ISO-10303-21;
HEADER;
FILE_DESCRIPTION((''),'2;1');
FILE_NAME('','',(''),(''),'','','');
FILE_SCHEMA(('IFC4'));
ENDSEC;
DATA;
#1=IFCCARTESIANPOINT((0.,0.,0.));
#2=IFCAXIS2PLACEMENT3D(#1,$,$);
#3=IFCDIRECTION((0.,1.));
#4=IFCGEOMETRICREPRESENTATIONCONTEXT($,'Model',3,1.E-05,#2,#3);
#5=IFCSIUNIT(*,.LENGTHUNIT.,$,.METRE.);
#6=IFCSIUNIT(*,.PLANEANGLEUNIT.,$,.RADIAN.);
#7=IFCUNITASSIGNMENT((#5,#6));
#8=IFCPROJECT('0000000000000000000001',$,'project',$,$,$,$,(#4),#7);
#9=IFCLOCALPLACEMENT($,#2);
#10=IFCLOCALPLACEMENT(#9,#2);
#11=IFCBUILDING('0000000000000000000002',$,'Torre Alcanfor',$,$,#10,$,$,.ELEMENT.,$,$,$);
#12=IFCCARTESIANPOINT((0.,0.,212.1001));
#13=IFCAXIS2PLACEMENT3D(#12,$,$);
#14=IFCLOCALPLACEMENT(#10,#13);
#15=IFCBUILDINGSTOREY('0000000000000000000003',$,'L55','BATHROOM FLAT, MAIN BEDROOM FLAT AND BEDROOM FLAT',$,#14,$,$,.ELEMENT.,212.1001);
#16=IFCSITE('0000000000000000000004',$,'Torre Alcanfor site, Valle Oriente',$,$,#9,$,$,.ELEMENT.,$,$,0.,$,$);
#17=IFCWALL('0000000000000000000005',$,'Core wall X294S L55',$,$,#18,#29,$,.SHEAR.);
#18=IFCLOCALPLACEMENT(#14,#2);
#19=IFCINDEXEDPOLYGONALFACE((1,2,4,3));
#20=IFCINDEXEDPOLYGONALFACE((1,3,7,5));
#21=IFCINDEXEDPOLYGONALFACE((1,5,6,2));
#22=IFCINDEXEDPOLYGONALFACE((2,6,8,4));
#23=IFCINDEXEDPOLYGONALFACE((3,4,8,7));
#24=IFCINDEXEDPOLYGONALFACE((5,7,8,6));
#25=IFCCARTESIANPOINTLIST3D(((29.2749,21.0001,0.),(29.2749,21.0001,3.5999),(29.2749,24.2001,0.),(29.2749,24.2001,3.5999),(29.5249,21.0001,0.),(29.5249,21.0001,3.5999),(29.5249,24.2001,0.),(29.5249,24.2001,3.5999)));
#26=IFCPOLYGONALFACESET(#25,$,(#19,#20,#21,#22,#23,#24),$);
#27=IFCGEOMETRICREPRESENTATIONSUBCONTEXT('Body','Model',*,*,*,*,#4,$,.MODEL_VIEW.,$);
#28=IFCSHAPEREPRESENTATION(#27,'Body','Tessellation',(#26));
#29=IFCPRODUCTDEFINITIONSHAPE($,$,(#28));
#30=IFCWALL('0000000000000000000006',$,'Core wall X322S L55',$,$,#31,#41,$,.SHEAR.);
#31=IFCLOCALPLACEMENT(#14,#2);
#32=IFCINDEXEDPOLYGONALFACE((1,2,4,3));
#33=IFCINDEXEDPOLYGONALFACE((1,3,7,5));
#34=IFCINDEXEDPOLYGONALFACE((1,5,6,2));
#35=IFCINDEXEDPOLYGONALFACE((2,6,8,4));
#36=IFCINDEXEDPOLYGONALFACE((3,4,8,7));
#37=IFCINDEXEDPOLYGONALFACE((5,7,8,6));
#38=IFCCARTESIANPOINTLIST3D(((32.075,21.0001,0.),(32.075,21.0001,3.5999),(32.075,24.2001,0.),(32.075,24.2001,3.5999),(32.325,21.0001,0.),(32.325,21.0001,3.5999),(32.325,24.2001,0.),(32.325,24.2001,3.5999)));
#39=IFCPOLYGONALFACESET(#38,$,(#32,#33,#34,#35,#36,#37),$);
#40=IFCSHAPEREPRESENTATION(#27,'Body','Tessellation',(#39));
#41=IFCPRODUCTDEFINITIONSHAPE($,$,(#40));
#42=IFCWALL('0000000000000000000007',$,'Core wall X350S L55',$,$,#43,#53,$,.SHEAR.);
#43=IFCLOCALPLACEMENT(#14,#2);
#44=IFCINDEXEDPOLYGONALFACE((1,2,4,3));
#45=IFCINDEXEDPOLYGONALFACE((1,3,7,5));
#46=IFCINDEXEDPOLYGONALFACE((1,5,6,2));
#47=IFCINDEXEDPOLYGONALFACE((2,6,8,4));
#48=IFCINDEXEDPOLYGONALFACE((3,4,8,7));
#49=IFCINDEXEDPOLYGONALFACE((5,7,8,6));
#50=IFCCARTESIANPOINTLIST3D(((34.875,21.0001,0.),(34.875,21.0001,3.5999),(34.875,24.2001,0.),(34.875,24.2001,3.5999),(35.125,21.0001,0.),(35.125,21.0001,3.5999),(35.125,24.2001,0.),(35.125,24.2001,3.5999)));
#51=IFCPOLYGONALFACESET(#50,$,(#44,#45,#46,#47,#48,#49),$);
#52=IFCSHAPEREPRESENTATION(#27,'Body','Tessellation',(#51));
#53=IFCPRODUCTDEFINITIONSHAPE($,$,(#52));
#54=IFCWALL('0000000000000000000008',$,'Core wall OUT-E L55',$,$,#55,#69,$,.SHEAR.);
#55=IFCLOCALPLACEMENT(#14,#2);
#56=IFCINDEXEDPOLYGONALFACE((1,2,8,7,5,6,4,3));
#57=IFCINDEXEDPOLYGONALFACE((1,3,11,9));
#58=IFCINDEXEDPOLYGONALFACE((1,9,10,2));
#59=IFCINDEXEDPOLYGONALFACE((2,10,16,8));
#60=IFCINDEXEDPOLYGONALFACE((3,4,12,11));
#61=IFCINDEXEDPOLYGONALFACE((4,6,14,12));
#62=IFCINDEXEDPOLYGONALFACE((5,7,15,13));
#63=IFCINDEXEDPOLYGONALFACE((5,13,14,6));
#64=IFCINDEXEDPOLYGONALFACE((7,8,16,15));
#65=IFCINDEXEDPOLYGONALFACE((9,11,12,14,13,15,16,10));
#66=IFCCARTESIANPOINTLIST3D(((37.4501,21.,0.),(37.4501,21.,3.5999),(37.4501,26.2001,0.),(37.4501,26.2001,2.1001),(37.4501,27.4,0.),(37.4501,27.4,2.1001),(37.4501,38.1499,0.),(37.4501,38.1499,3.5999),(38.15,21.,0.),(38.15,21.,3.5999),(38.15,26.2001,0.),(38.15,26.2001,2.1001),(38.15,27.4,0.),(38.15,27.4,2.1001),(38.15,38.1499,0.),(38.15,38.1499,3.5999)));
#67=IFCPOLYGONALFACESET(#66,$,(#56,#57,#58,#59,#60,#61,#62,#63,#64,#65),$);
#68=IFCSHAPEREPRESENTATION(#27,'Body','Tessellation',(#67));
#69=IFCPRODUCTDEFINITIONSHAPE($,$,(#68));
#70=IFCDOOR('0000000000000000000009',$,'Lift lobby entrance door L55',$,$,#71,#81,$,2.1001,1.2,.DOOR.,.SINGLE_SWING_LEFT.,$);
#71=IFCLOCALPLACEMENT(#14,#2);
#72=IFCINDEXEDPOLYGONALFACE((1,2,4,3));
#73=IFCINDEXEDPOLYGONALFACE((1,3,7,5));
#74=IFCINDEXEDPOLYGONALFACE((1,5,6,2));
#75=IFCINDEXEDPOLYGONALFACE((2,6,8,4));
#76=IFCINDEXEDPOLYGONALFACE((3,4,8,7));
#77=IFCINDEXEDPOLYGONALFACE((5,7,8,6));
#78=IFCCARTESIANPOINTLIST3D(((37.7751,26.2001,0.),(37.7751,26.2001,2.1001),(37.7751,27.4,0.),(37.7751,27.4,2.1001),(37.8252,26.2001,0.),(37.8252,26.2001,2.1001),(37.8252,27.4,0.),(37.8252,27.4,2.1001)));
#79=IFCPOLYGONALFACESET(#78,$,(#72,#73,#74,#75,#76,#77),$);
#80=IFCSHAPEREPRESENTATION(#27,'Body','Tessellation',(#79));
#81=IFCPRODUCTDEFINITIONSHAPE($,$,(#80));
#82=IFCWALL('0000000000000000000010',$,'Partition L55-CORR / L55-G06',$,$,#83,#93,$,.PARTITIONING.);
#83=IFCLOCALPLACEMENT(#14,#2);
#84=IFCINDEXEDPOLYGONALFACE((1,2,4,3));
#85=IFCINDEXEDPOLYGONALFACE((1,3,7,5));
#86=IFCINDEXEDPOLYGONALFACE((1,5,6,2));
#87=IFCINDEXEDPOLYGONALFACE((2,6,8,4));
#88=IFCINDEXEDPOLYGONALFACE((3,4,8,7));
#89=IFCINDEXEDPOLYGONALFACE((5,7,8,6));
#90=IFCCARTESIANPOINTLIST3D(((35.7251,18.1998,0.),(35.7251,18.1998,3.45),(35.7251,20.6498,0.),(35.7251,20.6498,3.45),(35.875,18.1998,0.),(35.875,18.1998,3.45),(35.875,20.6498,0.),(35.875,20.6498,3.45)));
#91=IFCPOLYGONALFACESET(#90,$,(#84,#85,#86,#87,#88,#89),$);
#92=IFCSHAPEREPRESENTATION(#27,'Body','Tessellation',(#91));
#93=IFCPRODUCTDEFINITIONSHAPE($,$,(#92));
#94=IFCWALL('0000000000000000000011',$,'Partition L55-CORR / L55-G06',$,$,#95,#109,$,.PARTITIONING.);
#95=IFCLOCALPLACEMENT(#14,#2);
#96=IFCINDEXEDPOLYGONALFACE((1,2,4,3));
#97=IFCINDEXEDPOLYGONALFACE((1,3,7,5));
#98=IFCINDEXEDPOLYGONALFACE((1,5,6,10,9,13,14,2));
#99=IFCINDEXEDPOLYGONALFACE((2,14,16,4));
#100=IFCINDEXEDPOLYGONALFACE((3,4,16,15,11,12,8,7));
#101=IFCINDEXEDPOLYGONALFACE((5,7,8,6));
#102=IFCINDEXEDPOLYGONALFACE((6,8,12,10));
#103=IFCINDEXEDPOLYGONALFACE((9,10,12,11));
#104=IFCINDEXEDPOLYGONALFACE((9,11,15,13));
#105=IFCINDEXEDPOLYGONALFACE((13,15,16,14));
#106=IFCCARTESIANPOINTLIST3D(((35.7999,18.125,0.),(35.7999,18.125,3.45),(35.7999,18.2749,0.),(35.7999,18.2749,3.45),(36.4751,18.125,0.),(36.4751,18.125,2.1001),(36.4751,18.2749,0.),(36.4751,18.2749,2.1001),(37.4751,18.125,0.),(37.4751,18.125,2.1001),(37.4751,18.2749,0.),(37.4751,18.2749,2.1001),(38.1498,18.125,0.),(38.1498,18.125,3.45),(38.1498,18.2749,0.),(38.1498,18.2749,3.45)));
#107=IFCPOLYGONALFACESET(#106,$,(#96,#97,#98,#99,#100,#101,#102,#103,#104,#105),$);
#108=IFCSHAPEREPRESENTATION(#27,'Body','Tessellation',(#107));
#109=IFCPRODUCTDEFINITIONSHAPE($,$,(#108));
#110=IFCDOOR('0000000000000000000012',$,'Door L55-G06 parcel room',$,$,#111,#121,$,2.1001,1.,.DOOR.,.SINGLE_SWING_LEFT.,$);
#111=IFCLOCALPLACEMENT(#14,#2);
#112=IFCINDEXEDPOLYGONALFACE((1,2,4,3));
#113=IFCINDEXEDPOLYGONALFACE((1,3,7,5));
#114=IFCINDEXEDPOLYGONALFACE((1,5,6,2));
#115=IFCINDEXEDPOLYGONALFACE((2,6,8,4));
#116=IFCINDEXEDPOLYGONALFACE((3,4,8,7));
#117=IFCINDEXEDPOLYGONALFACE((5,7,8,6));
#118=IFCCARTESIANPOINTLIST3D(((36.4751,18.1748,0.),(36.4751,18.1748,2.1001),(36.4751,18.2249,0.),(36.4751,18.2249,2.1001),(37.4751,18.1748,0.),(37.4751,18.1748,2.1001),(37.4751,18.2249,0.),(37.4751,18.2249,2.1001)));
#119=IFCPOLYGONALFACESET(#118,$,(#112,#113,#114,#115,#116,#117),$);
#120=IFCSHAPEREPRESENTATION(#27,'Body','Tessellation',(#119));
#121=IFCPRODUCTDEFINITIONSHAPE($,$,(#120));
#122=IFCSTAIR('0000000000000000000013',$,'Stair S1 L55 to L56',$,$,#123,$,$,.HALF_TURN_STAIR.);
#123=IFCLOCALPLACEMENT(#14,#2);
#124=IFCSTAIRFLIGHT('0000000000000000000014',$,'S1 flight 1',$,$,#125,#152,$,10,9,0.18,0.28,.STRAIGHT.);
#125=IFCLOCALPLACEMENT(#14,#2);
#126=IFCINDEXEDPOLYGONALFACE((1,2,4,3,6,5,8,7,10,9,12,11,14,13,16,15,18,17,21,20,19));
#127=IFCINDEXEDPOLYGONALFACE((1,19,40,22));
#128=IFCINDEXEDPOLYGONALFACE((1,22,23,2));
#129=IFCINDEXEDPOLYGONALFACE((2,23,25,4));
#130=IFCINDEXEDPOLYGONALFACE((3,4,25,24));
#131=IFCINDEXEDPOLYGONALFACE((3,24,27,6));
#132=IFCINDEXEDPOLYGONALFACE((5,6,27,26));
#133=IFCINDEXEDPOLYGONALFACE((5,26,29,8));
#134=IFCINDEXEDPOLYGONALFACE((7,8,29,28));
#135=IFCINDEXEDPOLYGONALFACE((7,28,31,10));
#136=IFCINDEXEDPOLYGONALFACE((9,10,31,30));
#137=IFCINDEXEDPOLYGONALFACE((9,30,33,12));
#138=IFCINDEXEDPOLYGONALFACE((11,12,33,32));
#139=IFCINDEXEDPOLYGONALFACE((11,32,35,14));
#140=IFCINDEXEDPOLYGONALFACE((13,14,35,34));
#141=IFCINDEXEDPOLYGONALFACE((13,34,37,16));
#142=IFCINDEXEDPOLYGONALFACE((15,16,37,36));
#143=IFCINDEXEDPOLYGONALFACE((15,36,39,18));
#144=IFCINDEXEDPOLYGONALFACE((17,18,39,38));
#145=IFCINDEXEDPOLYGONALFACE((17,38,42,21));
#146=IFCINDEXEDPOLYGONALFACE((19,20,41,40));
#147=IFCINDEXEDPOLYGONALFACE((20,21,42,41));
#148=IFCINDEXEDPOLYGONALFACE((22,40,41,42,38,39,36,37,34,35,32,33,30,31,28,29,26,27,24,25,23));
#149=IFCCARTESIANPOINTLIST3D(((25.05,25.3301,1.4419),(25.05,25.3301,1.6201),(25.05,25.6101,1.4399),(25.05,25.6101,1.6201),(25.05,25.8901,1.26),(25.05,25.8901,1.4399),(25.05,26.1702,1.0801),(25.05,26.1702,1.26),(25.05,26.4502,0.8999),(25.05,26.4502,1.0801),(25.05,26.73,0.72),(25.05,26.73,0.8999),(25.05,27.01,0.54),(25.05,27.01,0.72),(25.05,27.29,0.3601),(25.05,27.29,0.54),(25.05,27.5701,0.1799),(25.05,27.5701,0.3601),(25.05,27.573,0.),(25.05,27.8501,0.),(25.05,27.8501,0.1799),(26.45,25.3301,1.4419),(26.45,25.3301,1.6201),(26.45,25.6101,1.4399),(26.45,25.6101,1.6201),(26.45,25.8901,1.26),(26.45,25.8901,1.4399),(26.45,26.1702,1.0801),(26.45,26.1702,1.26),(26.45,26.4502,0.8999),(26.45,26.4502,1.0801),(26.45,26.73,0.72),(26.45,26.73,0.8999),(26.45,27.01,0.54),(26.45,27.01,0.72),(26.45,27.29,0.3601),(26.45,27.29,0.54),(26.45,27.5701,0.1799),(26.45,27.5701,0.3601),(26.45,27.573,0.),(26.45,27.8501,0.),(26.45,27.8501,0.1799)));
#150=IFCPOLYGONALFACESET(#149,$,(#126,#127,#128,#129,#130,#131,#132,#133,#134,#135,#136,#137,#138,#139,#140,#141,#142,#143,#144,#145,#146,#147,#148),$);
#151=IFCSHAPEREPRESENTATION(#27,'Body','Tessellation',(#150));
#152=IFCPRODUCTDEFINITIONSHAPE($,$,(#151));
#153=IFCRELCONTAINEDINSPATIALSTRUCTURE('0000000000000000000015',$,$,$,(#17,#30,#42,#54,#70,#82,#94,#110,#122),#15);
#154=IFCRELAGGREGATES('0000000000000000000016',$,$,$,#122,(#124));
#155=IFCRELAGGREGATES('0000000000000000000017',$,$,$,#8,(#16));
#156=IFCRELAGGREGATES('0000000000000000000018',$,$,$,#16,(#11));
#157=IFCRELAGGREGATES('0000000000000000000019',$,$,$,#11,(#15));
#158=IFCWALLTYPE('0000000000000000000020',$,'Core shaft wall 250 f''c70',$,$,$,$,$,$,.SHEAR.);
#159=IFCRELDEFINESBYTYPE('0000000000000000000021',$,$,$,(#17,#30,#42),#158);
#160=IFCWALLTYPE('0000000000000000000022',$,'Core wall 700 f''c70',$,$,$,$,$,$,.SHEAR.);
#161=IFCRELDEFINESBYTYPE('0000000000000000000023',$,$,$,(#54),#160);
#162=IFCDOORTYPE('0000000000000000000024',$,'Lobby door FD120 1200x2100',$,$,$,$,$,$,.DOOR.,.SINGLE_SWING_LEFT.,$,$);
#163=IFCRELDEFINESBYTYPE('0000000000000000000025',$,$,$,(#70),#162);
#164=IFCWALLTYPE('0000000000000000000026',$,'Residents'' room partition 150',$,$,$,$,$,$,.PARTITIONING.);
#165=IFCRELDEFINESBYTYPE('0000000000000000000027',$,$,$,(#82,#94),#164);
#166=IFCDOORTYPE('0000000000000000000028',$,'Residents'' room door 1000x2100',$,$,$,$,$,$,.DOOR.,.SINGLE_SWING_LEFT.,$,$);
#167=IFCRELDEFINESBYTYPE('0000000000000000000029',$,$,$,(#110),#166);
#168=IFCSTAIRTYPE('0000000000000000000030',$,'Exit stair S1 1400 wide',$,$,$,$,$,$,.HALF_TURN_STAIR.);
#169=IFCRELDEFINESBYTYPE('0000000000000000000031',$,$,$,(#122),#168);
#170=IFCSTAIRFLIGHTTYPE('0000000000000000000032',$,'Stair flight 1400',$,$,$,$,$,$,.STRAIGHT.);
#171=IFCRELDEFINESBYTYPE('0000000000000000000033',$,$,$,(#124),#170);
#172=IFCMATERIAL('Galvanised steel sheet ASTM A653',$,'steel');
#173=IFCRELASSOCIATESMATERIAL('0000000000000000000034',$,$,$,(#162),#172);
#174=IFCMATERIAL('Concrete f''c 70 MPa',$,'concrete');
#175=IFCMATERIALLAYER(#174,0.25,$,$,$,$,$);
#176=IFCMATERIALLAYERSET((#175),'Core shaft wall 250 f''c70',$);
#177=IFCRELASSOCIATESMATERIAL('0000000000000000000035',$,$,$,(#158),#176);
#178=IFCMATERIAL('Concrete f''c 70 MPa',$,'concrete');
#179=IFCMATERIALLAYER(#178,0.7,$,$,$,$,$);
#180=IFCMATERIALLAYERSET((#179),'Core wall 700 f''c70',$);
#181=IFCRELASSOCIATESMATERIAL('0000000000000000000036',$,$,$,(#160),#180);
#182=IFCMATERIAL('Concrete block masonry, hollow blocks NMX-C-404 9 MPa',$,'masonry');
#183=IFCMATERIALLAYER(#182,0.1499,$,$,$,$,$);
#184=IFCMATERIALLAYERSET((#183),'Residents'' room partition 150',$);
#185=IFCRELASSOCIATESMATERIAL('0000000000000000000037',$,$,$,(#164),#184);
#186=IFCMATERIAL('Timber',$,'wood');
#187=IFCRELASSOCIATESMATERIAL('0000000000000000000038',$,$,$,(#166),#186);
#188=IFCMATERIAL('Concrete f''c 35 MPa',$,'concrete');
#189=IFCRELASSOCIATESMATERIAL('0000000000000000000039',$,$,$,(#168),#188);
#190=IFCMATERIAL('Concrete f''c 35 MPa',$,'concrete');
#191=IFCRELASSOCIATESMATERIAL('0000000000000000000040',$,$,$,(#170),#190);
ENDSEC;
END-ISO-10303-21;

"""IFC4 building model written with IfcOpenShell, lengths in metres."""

from ifc_helpers import new_model, si_unit, direction, frame, frame_2d, origin, place, context, subcontext, project, spatial, polyline, rectangle, outline, extrude, material, layer, layer_set, type_object, element, fill, aggregate, save


model = new_model("IFC4")

# Units and contexts
model_context = context("Model", 3, precision=1e-05, world=origin(), true_north=direction((0.0, 1.0)))
body_context = subcontext(model_context, "Body", "Model", "MODEL_VIEW")
ifc_project = project(units=[si_unit("LENGTHUNIT", "METRE"), si_unit("PLANEANGLEUNIT", "RADIAN")], contexts=[model_context])

# Site, building, storey
site_placement = place(None, origin())
site = spatial("IfcSite", under=ifc_project, at=site_placement, Name="Torre Alcanfor site, Valle Oriente", CompositionType="ELEMENT", RefElevation=0.0)
building_placement = place(site_placement, origin())
building = spatial("IfcBuilding", under=site, at=building_placement, Name="Torre Alcanfor", CompositionType="ELEMENT")
storey_placement = place(building_placement, frame((0.0, 0.0, 212.1001)))
storey = spatial("IfcBuildingStorey", under=building, at=storey_placement, Name="L55", Description="BATHROOM FLAT, MAIN BEDROOM FLAT AND BEDROOM FLAT", CompositionType="ELEMENT", Elevation=212.1001)

# Shared definitions
ifc_material_1 = material(Name="Galvanised steel sheet ASTM A653", Category="steel")
door_type_1 = type_object("IfcDoorType", Name="Lobby door FD120 1200x2100", OperationType="SINGLE_SWING_LEFT", PredefinedType="DOOR", material=ifc_material_1)

# Walls
ifc_material_2 = material(Name="Concrete f'c 70 MPa", Category="concrete")
ifc_layer_1 = layer(ifc_material_2, 0.25)
ifc_layer_set_1 = layer_set([ifc_layer_1], Name="Core shaft wall 250 f'c70")
wall_type_1 = type_object("IfcWallType", Name="Core shaft wall 250 f'c70", PredefinedType="SHEAR", material=ifc_layer_set_1)
for number, where, z_axis, x_axis, name in (
    (1, (29.3999, 21.0, 0.0), (0.0, 0.0, 1.0), (0.0, 1.0, 0.0), "Core wall X294S L55"),
    (2, (32.2, 21.0, 0.0), (0.0, 0.0, 1.0), (0.0, 1.0, 0.0), "Core wall X322S L55"),
    (3, (35.0, 21.0, 0.0), (0.0, 0.0, 1.0), (0.0, 1.0, 0.0), "Core wall X350S L55"),
):
    element("IfcWall", number, at=place(storey_placement, frame(where, z_axis=z_axis, x_axis=x_axis)), inside=storey, type_object=wall_type_1, Name=name, PredefinedType="SHEAR", context=body_context, shape_type="SweptSolid", body=[
        extrude(rectangle(XDim=3.2, YDim=0.25, at=frame_2d((1.6001, 0.0))), origin(), (0.0, 0.0, 1.0), 3.5999),
    ])

# Wall, opening, door
ifc_material_3 = material(Name="Concrete f'c 70 MPa", Category="concrete")
ifc_layer_2 = layer(ifc_material_3, 0.7)
ifc_layer_set_2 = layer_set([ifc_layer_2], Name="Core wall 700 f'c70")
wall_type_2 = type_object("IfcWallType", Name="Core wall 700 f'c70", PredefinedType="SHEAR", material=ifc_layer_set_2)
wall_1_placement = place(storey_placement, frame((37.8, 21.0, 0.0), z_axis=(0.0, 0.0, 1.0), x_axis=(0.0, 1.0, 0.0)))
wall_1 = element("IfcWall", 4, at=wall_1_placement, inside=storey, type_object=wall_type_2, Name="Core wall OUT-E L55", PredefinedType="SHEAR", context=body_context, shape_type="SweptSolid", body=[
    extrude(rectangle(XDim=17.1499, YDim=0.7, at=frame_2d((8.575, 0.0))), origin(), (0.0, 0.0, 1.0), 3.5999),
])
opening_1_placement = place(wall_1_placement, frame((5.2, 0.0, 0.0)))
opening_1 = element("IfcOpeningElement", 5, at=opening_1_placement, cuts=wall_1, PredefinedType="OPENING", context=body_context, shape_type="SweptSolid", body=[
    extrude(rectangle(XDim=1.2, YDim=2.1001, at=frame_2d((0.6001, 1.05))), frame((0.0, 0.3599, 0.0), z_axis=(0.0, -1.0, 0.0), x_axis=(1.0, 0.0, 0.0)), (0.0, 0.0, 1.0), 0.72),
])
door_1_placement = place(opening_1_placement, origin())
door_1 = element("IfcDoor", 6, at=door_1_placement, inside=storey, type_object=door_type_1, Name="Lift lobby entrance door L55", OperationType="SINGLE_SWING_LEFT", OverallHeight=2.1001, OverallWidth=1.2, PredefinedType="DOOR", context=body_context, shape_type="SweptSolid", body=[
    extrude(rectangle(XDim=1.2, YDim=2.1001, at=frame_2d((0.6001, 1.05))), frame((0.0, 0.0249, 0.0), z_axis=(0.0, -1.0, 0.0), x_axis=(1.0, 0.0, 0.0)), (0.0, 0.0, 1.0), 0.05),
])
fill(opening_1, door_1)

# Wall
ifc_material_4 = material(Name="Concrete block masonry, hollow blocks NMX-C-404 9 MPa", Category="masonry")
ifc_layer_3 = layer(ifc_material_4, 0.1499)
ifc_layer_set_3 = layer_set([ifc_layer_3], Name="Residents' room partition 150")
wall_type_3 = type_object("IfcWallType", Name="Residents' room partition 150", PredefinedType="PARTITIONING", material=ifc_layer_set_3)
wall_2_placement = place(storey_placement, frame((35.8, 20.6499, 0.0), z_axis=(0.0, 0.0, 1.0), x_axis=(0.0, -1.0, 0.0)))
element("IfcWall", 7, at=wall_2_placement, inside=storey, type_object=wall_type_3, Name="Partition L55-CORR / L55-G06", PredefinedType="PARTITIONING", context=body_context, shape_type="SweptSolid", body=[
    extrude(rectangle(XDim=2.45, YDim=0.1499, at=frame_2d((1.2251, 0.0))), origin(), (0.0, 0.0, 1.0), 3.45),
])

# Wall, opening, door
wall_3_placement = place(storey_placement, frame((35.8, 18.2, 0.0), z_axis=(0.0, 0.0, 1.0), x_axis=(1.0, 0.0, 0.0)))
wall_3 = element("IfcWall", 8, at=wall_3_placement, inside=storey, type_object=wall_type_3, Name="Partition L55-CORR / L55-G06", PredefinedType="PARTITIONING", context=body_context, shape_type="SweptSolid", body=[
    extrude(rectangle(XDim=2.3499, YDim=0.1499, at=frame_2d((1.1748, 0.0))), origin(), (0.0, 0.0, 1.0), 3.45),
])
opening_2_placement = place(wall_3_placement, frame((0.675, 0.0, 0.0)))
opening_2 = element("IfcOpeningElement", 9, at=opening_2_placement, cuts=wall_3, PredefinedType="OPENING", context=body_context, shape_type="SweptSolid", body=[
    extrude(rectangle(XDim=1.0, YDim=2.1001, at=frame_2d((0.5, 1.05))), frame((0.0, 0.085, 0.0), z_axis=(0.0, -1.0, 0.0), x_axis=(1.0, 0.0, 0.0)), (0.0, 0.0, 1.0), 0.1699),
])
ifc_material_5 = material(Name="Timber", Category="wood")
door_type_2 = type_object("IfcDoorType", Name="Residents' room door 1000x2100", OperationType="SINGLE_SWING_LEFT", PredefinedType="DOOR", material=ifc_material_5)
door_2_placement = place(opening_2_placement, origin())
door_2 = element("IfcDoor", 10, at=door_2_placement, inside=storey, type_object=door_type_2, Name="Door L55-G06 parcel room", OperationType="SINGLE_SWING_LEFT", OverallHeight=2.1001, OverallWidth=1.0, PredefinedType="DOOR", context=body_context, shape_type="SweptSolid", body=[
    extrude(rectangle(XDim=1.0, YDim=2.1001, at=frame_2d((0.5, 1.05))), frame((0.0, 0.0249, 0.0), z_axis=(0.0, -1.0, 0.0), x_axis=(1.0, 0.0, 0.0)), (0.0, 0.0, 1.0), 0.05),
])
fill(opening_2, door_2)

# Stair, stair flight
ifc_material_6 = material(Name="Concrete f'c 35 MPa", Category="concrete")
stair_type = type_object("IfcStairType", Name="Exit stair S1 1400 wide", PredefinedType="HALF_TURN_STAIR", material=ifc_material_6)
stair_placement = place(storey_placement, origin())
stair = element("IfcStair", 11, at=stair_placement, inside=storey, type_object=stair_type, Name="Stair S1 L55 to L56", PredefinedType="HALF_TURN_STAIR")
ifc_material_7 = material(Name="Concrete f'c 35 MPa", Category="concrete")
stair_flight_type = type_object("IfcStairFlightType", Name="Stair flight 1400", PredefinedType="STRAIGHT", material=ifc_material_7)
stair_flight_placement = place(storey_placement, frame((25.75, 27.8501, 0.0), z_axis=(0.0, 0.0, 1.0), x_axis=(0.0, -1.0, 0.0)))
stair_flight = element("IfcStairFlight", 12, at=stair_flight_placement, type_object=stair_flight_type, Name="S1 flight 1", NumberOfRisers=10, NumberOfTreads=9, PredefinedType="STRAIGHT", RiserHeight=0.18, TreadLength=0.28, context=body_context, shape_type="SweptSolid", body=[
    extrude(outline(polyline([(0.0, 0.0), (0.0, 0.1799), (0.28, 0.1799), (0.28, 0.3601), (0.5601, 0.3601), (0.5601, 0.54), (0.8401, 0.54), (0.8401, 0.72), (1.1201, 0.72), (1.1201, 0.8999), (1.3999, 0.8999), (1.3999, 1.0801), (1.6799, 1.0801), (1.6799, 1.26), (1.96, 1.26), (1.96, 1.4399), (2.24, 1.4399), (2.24, 1.6201), (2.52, 1.6201), (2.52, 1.8), (2.52, 1.4419), (0.2771, 0.0), (0.0, 0.0)])), frame((0.0, 0.7, 0.0), z_axis=(0.0, -1.0, 0.0), x_axis=(1.0, 0.0, 0.0)), (0.0, 0.0, 1.0), 1.3999),
])
aggregate(stair, [stair_flight])

save(model, "model.ifc")
